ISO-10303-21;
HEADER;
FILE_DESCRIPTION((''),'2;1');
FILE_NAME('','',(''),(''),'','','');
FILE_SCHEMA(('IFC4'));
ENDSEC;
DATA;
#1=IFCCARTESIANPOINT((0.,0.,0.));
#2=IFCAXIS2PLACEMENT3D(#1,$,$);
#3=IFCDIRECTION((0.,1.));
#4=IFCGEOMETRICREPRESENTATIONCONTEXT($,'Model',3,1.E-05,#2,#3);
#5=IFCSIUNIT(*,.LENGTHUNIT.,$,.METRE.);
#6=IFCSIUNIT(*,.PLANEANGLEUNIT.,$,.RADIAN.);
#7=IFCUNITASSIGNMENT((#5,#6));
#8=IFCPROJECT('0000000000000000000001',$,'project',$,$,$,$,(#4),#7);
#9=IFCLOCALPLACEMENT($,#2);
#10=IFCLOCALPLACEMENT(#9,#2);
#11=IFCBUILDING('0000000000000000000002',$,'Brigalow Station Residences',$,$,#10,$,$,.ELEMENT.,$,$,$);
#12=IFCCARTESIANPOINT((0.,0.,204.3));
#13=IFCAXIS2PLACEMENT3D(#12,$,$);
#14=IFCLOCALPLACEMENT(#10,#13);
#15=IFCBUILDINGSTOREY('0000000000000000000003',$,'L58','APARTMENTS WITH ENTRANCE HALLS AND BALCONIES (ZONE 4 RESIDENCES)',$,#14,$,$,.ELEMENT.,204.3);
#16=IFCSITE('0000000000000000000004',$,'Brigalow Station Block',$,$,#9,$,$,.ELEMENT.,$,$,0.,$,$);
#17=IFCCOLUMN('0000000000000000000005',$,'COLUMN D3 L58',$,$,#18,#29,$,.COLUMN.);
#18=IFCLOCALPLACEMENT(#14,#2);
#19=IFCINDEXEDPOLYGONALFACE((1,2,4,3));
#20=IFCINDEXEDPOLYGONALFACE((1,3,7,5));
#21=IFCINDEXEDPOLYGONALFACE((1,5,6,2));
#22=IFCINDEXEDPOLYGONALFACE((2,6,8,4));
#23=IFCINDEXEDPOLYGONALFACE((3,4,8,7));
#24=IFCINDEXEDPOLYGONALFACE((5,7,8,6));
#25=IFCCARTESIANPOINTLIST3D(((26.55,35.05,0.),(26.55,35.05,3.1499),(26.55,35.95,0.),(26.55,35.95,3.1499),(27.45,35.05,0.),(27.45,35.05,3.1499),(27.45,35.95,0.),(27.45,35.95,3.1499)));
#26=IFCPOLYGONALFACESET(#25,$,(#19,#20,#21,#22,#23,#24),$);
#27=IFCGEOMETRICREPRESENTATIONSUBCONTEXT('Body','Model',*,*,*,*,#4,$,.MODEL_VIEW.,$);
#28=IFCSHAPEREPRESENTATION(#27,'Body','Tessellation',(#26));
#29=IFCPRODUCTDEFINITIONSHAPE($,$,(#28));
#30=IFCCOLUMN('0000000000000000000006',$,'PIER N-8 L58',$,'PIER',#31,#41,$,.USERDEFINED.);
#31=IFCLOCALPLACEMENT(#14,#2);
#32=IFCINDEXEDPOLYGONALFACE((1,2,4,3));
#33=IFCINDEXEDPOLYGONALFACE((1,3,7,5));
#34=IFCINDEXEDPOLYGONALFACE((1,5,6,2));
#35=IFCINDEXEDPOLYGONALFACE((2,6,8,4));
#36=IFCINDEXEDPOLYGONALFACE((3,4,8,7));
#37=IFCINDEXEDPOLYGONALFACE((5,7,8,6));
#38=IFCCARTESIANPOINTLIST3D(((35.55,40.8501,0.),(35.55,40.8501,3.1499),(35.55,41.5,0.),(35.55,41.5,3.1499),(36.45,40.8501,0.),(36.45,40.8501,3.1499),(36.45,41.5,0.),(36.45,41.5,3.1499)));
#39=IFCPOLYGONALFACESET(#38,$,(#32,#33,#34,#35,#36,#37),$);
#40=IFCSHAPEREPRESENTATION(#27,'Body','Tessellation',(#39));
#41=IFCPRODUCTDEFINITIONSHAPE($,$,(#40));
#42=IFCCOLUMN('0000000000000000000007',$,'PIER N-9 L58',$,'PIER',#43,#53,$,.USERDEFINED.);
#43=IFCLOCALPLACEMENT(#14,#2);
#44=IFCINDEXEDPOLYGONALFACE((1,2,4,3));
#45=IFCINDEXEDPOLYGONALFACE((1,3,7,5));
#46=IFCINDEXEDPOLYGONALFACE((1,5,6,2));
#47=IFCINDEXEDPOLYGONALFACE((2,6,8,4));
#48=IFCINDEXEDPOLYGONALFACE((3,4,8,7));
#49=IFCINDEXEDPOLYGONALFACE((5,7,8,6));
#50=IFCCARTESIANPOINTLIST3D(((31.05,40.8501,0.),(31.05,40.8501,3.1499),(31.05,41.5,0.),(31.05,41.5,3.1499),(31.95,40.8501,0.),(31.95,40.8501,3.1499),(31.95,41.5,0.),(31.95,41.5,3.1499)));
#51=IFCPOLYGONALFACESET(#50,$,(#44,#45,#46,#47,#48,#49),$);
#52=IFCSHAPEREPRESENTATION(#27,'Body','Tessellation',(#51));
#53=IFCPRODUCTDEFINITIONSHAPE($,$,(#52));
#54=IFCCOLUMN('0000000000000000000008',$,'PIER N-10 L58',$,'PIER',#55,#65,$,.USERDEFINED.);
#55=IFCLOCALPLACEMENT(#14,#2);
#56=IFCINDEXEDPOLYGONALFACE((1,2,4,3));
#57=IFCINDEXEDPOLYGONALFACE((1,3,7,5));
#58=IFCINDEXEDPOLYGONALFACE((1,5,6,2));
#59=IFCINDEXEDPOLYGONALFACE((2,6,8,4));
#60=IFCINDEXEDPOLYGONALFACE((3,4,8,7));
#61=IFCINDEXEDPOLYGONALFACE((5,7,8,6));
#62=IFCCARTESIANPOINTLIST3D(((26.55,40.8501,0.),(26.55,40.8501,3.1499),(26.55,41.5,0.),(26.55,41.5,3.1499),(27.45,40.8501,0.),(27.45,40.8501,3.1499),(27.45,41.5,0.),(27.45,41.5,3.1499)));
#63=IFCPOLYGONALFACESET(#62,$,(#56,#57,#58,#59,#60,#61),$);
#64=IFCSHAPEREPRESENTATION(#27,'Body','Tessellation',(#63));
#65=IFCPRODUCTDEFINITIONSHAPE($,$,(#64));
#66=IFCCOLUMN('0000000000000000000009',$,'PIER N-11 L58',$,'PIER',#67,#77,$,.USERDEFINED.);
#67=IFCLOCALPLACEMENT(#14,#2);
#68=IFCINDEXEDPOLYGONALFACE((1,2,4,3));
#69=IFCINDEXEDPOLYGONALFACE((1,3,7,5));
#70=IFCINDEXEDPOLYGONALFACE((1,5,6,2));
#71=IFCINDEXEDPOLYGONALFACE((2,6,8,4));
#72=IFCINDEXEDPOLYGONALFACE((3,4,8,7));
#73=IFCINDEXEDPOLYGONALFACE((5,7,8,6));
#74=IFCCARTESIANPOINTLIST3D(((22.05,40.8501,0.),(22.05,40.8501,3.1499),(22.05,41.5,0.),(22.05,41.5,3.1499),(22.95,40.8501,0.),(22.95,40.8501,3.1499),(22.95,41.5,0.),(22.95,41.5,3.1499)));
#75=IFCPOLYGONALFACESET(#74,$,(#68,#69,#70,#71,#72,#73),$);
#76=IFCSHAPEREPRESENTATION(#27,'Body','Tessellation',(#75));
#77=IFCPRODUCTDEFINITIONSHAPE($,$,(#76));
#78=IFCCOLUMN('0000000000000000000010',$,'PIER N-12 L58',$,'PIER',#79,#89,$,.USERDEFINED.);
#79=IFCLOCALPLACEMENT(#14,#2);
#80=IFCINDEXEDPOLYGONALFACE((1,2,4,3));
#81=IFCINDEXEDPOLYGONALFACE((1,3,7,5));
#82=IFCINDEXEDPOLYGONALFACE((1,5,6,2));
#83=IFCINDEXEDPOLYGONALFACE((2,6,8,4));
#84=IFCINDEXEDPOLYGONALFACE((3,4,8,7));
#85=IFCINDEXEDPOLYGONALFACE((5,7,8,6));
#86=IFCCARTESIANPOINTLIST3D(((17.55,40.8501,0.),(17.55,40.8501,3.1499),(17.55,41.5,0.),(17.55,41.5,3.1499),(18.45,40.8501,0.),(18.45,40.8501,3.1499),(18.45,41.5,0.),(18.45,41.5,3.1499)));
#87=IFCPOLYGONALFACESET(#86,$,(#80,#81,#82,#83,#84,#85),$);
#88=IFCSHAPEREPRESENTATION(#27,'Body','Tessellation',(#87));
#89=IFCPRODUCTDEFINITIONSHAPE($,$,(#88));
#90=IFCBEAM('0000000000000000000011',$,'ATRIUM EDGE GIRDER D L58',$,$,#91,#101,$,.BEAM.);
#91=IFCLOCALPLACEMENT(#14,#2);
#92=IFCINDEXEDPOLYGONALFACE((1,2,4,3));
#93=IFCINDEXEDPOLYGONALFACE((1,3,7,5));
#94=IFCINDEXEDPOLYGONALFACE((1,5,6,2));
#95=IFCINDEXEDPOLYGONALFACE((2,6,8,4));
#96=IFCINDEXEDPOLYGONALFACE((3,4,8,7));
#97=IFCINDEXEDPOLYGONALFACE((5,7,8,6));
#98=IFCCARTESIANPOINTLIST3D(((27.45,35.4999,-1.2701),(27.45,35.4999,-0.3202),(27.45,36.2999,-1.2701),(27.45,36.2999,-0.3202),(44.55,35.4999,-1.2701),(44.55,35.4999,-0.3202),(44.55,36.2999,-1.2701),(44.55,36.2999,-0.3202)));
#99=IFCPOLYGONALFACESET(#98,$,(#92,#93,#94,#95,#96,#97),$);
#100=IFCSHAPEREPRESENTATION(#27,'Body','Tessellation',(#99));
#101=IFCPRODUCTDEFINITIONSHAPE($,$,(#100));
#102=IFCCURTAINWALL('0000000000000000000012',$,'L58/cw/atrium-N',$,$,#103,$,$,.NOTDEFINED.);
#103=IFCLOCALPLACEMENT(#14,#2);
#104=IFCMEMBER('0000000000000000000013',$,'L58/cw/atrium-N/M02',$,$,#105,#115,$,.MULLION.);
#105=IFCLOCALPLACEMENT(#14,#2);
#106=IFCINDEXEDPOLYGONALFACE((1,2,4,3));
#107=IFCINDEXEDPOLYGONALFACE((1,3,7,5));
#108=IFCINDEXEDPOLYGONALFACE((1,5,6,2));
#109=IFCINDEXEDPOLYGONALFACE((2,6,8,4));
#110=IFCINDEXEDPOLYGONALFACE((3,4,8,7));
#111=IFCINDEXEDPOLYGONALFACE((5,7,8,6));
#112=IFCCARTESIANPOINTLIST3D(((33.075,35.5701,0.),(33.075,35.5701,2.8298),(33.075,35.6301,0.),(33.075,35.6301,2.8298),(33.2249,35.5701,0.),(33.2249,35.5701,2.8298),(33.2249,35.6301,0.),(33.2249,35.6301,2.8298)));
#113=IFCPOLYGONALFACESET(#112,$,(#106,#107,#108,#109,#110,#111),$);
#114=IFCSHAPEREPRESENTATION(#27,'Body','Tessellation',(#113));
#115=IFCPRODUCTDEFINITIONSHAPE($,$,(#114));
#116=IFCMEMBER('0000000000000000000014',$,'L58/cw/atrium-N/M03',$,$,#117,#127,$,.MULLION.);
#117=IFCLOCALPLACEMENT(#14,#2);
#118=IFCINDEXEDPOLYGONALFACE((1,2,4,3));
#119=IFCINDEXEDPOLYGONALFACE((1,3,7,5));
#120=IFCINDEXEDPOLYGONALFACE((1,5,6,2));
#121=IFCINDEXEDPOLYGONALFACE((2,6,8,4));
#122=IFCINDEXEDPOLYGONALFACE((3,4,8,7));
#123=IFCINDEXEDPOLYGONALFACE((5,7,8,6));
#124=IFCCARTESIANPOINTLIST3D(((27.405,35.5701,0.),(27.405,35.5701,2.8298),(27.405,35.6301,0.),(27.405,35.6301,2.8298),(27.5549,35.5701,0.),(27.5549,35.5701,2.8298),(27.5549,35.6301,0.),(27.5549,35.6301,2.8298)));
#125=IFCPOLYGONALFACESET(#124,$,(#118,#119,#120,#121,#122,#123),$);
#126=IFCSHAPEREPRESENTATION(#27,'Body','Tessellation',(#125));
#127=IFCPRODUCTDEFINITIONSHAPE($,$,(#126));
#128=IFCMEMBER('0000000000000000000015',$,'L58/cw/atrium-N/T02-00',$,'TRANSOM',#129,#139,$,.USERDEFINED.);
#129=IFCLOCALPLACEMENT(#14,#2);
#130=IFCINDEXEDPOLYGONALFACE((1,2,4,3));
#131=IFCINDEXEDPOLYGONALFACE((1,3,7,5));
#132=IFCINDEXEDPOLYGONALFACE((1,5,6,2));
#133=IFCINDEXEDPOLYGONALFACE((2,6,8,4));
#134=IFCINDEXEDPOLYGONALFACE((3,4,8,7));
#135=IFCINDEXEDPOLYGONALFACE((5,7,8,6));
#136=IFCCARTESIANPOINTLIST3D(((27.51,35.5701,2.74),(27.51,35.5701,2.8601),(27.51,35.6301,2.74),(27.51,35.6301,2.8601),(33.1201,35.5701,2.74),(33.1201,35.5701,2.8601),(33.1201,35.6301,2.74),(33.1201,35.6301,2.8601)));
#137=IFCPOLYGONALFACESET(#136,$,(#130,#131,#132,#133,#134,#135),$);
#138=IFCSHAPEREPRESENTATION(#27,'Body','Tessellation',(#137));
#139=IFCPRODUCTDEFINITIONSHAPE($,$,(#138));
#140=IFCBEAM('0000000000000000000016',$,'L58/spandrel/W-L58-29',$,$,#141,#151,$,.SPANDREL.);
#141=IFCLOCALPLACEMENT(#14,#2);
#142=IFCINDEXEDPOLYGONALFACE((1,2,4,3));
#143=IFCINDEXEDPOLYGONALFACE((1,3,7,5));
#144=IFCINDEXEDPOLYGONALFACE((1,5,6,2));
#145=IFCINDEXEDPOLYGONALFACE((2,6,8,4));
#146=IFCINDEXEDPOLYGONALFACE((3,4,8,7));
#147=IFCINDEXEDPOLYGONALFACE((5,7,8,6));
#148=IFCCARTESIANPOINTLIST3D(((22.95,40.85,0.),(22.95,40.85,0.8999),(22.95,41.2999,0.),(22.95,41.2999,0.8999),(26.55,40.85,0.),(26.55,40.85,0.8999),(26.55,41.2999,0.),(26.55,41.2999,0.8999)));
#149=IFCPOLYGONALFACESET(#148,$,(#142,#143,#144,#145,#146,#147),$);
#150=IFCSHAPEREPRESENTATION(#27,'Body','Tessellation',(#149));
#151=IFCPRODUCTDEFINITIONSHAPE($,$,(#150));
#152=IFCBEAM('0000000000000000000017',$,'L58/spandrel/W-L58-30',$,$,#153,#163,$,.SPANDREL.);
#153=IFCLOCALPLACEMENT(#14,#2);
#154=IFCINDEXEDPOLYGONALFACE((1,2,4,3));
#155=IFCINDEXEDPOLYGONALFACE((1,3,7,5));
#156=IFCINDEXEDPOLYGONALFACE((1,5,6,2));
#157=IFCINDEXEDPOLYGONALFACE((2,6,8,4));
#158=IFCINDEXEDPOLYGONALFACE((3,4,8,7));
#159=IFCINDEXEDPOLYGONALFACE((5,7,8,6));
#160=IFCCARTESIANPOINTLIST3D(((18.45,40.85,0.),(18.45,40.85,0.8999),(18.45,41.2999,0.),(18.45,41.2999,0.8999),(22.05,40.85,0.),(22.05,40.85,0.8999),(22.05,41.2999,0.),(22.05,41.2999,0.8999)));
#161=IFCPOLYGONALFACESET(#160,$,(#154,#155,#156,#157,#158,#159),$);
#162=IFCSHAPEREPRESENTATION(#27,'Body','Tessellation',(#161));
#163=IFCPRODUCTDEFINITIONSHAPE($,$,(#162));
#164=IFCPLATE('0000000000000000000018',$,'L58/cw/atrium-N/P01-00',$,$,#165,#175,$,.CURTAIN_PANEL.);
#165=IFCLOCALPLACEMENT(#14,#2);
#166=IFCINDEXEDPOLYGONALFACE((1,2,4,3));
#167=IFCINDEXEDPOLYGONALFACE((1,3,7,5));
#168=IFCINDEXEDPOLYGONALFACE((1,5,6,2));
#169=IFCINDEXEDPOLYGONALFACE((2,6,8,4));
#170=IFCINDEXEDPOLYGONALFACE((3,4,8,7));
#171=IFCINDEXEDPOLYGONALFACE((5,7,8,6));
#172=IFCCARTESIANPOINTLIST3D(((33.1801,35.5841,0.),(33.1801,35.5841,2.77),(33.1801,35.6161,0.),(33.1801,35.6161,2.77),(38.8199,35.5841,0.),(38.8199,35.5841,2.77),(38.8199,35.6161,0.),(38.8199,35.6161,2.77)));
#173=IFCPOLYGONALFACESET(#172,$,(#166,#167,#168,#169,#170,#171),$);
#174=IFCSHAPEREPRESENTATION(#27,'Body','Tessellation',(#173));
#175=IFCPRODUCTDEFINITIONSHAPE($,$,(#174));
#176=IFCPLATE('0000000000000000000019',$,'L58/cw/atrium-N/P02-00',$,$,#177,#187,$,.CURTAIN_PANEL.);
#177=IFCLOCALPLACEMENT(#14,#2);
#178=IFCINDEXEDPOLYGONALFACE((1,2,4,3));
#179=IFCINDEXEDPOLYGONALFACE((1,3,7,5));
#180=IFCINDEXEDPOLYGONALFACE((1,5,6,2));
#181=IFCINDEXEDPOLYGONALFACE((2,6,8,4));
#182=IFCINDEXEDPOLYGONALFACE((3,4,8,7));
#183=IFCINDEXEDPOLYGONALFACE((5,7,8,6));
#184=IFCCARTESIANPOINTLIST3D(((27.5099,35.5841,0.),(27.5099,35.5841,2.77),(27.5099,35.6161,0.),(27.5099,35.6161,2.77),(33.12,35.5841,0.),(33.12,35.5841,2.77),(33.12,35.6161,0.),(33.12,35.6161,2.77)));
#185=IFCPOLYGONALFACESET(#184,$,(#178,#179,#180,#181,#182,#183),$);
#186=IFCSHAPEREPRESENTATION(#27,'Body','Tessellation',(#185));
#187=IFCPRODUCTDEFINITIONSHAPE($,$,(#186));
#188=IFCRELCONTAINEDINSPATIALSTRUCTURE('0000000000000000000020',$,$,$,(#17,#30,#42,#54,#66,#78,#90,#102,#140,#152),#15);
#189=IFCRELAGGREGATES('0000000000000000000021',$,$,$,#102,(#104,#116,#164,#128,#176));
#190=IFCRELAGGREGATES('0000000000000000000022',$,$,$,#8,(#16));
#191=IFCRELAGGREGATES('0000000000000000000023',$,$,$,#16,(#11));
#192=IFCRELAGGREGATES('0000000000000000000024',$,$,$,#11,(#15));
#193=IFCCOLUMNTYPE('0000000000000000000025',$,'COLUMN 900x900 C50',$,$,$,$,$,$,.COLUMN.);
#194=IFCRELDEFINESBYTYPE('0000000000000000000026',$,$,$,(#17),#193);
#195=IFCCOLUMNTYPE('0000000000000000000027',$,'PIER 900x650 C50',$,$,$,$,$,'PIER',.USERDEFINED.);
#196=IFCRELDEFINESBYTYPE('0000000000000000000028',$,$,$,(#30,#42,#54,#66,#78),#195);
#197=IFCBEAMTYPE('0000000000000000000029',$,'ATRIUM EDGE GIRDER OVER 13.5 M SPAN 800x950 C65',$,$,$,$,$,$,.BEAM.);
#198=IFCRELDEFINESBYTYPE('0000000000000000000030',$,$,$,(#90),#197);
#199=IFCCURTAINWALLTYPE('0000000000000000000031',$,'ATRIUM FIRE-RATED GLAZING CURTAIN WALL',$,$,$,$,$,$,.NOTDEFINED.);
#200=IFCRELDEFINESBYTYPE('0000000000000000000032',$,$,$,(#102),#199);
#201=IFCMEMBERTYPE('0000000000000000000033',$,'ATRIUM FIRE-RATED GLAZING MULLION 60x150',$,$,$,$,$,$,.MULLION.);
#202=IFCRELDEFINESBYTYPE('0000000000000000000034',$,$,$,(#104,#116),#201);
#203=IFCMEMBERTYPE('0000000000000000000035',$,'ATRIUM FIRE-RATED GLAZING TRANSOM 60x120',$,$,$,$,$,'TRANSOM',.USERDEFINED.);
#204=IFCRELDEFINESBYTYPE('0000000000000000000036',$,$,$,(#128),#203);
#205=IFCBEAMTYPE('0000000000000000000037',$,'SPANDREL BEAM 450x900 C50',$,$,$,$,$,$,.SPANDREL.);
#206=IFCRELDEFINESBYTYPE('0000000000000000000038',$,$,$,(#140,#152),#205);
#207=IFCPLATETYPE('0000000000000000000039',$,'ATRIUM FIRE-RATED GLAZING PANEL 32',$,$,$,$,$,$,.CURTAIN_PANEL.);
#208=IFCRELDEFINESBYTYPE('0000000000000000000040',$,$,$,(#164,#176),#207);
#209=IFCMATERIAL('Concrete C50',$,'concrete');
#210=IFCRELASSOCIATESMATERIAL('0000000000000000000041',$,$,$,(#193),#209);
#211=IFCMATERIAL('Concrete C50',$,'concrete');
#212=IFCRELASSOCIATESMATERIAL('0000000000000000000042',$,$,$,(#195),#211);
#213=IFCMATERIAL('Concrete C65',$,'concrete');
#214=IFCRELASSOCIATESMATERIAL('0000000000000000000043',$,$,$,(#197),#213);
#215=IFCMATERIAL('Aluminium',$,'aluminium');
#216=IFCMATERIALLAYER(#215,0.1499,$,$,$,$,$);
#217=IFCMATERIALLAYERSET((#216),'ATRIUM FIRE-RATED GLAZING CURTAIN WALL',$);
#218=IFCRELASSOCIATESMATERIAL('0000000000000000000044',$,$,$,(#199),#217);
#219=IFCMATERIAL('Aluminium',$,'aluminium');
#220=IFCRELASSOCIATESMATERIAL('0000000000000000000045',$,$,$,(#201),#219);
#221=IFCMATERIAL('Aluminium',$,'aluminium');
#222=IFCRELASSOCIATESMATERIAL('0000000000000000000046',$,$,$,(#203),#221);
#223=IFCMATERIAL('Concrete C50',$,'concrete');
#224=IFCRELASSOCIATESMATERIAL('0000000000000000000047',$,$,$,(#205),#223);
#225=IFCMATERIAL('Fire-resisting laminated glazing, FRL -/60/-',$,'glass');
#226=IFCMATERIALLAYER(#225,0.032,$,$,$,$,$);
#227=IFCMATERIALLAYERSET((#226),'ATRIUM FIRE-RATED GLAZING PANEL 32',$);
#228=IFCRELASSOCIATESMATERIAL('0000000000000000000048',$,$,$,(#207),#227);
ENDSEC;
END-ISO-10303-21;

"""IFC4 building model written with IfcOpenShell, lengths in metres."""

from ifc_helpers import new_model, si_unit, direction, frame, origin, origin_2d, place, context, subcontext, project, spatial, rectangle, extrude, material, layer, layer_set, material_profile, profile_set, type_object, element, aggregate, save


model = new_model("IFC4")

# Units and contexts
model_context = context("Model", 3, precision=1e-05, world=origin(), true_north=direction((0.0, 1.0)))
body_context = subcontext(model_context, "Body", "Model", "MODEL_VIEW")
ifc_project = project(units=[si_unit("LENGTHUNIT", "METRE"), si_unit("PLANEANGLEUNIT", "RADIAN")], contexts=[model_context])

# Site, building, storey
site_placement = place(None, origin())
site = spatial("IfcSite", under=ifc_project, at=site_placement, Name="Brigalow Station Block", CompositionType="ELEMENT", RefElevation=0.0)
building_placement = place(site_placement, origin())
building = spatial("IfcBuilding", under=site, at=building_placement, Name="Brigalow Station Residences", CompositionType="ELEMENT")
storey_placement = place(building_placement, frame((0.0, 0.0, 204.3)))
storey = spatial("IfcBuildingStorey", under=building, at=storey_placement, Name="L58", Description="APARTMENTS WITH ENTRANCE HALLS AND BALCONIES (ZONE 4 RESIDENCES)", CompositionType="ELEMENT", Elevation=204.3)

# Columns
ifc_material_1 = material(Name="Concrete C50", Category="concrete")
ifc_material_profile_1 = material_profile(ifc_material_1, rectangle(XDim=0.8999, YDim=0.8999, at=origin_2d()), Name="RC900x900")
ifc_profile_set_1 = profile_set([ifc_material_profile_1], Name="Concrete C50")
column_type_1 = type_object("IfcColumnType", Name="COLUMN 900x900 C50", PredefinedType="COLUMN", material=ifc_profile_set_1)
column_placement = place(storey_placement, frame((27.0, 35.5, 0.0), z_axis=(0.0, 0.0, 1.0), x_axis=(1.0, 0.0, 0.0)))
element("IfcColumn", 1, at=column_placement, inside=storey, type_object=column_type_1, Name="COLUMN D3 L58", PredefinedType="COLUMN", context=body_context, shape_type="SweptSolid", body=[
    extrude(rectangle(XDim=0.8999, YDim=0.8999, at=origin_2d()), origin(), (0.0, 0.0, 1.0), 3.1499),
])
ifc_material_2 = material(Name="Concrete C50", Category="concrete")
ifc_material_profile_2 = material_profile(ifc_material_2, rectangle(XDim=0.8999, YDim=0.6499, at=origin_2d()), Name="RC900x650")
ifc_profile_set_2 = profile_set([ifc_material_profile_2], Name="Concrete C50")
column_type_2 = type_object("IfcColumnType", Name="PIER 900x650 C50", ElementType="PIER", PredefinedType="USERDEFINED", material=ifc_profile_set_2)
for number, where, z_axis, x_axis, name in (
    (2, (36.0, 41.175, 0.0), (0.0, 0.0, 1.0), (-1.0, 0.0, 0.0), "PIER N-8 L58"),
    (3, (31.5, 41.175, 0.0), (0.0, 0.0, 1.0), (-1.0, 0.0, 0.0), "PIER N-9 L58"),
    (4, (27.0, 41.175, 0.0), (0.0, 0.0, 1.0), (-1.0, 0.0, 0.0), "PIER N-10 L58"),
    (5, (22.5, 41.175, 0.0), (0.0, 0.0, 1.0), (-1.0, 0.0, 0.0), "PIER N-11 L58"),
    (6, (18.0, 41.175, 0.0), (0.0, 0.0, 1.0), (-1.0, 0.0, 0.0), "PIER N-12 L58"),
):
    element("IfcColumn", number, at=place(storey_placement, frame(where, z_axis=z_axis, x_axis=x_axis)), inside=storey, type_object=column_type_2, Name=name, ObjectType="PIER", PredefinedType="USERDEFINED", context=body_context, shape_type="SweptSolid", body=[
        extrude(rectangle(XDim=0.8999, YDim=0.6499, at=origin_2d()), origin(), (0.0, 0.0, 1.0), 3.1499),
    ])

# Beam
ifc_material_3 = material(Name="Concrete C65", Category="concrete")
ifc_material_profile_3 = material_profile(ifc_material_3, rectangle(XDim=0.8, YDim=0.95, at=origin_2d()), Name="RC800x950")
ifc_profile_set_3 = profile_set([ifc_material_profile_3], Name="Concrete C65")
beam_type_1 = type_object("IfcBeamType", Name="ATRIUM EDGE GIRDER OVER 13.5 M SPAN 800x950 C65", PredefinedType="BEAM", material=ifc_profile_set_3)
beam_placement = place(storey_placement, frame((27.45, 35.8999, -0.7952), z_axis=(1.0, 0.0, 0.0), x_axis=(0.0, 1.0, 0.0)))
element("IfcBeam", 7, at=beam_placement, inside=storey, type_object=beam_type_1, Name="ATRIUM EDGE GIRDER D L58", PredefinedType="BEAM", context=body_context, shape_type="SweptSolid", body=[
    extrude(rectangle(XDim=0.8, YDim=0.95, at=origin_2d()), origin(), (0.0, 0.0, 1.0), 17.1001),
])

# Curtain wall, members
ifc_material_4 = material(Name="Aluminium", Category="aluminium")
ifc_layer_1 = layer(ifc_material_4, 0.1499)
ifc_layer_set_1 = layer_set([ifc_layer_1], Name="ATRIUM FIRE-RATED GLAZING CURTAIN WALL")
curtain_wall_type = type_object("IfcCurtainWallType", Name="ATRIUM FIRE-RATED GLAZING CURTAIN WALL", PredefinedType="NOTDEFINED", material=ifc_layer_set_1)
curtain_wall_placement = place(storey_placement, origin())
curtain_wall = element("IfcCurtainWall", 8, at=curtain_wall_placement, inside=storey, type_object=curtain_wall_type, Name="L58/cw/atrium-N", PredefinedType="NOTDEFINED")
ifc_material_5 = material(Name="Aluminium", Category="aluminium")
ifc_material_profile_4 = material_profile(ifc_material_5, rectangle(XDim=0.0601, YDim=0.1499, at=origin_2d()), Name="ATRIUM FIRE-RATED GLAZING MULLION 60x150")
ifc_profile_set_4 = profile_set([ifc_material_profile_4], Name="Aluminium")
member_type_1 = type_object("IfcMemberType", Name="ATRIUM FIRE-RATED GLAZING MULLION 60x150", PredefinedType="MULLION", material=ifc_profile_set_4)
member_1_placement = place(storey_placement, frame((33.1499, 35.6001, 0.0), z_axis=(0.0, 0.0, 1.0), x_axis=(0.0, -1.0, 0.0)))
member_1 = element("IfcMember", 9, at=member_1_placement, type_object=member_type_1, Name="L58/cw/atrium-N/M02", PredefinedType="MULLION", context=body_context, shape_type="SweptSolid", body=[
    extrude(rectangle(XDim=0.0601, YDim=0.1499, at=origin_2d()), origin(), (0.0, 0.0, 1.0), 2.8298),
])
member_2_placement = place(storey_placement, frame((27.48, 35.6001, 0.0), z_axis=(0.0, 0.0, 1.0), x_axis=(0.0, -1.0, 0.0)))
member_2 = element("IfcMember", 10, at=member_2_placement, type_object=member_type_1, Name="L58/cw/atrium-N/M03", PredefinedType="MULLION", context=body_context, shape_type="SweptSolid", body=[
    extrude(rectangle(XDim=0.0601, YDim=0.1499, at=origin_2d()), origin(), (0.0, 0.0, 1.0), 2.8298),
])
ifc_material_6 = material(Name="Aluminium", Category="aluminium")
ifc_material_profile_5 = material_profile(ifc_material_6, rectangle(XDim=0.0601, YDim=0.1201, at=origin_2d()), Name="ATRIUM FIRE-RATED GLAZING TRANSOM 60x120")
ifc_profile_set_5 = profile_set([ifc_material_profile_5], Name="Aluminium")
member_type_2 = type_object("IfcMemberType", Name="ATRIUM FIRE-RATED GLAZING TRANSOM 60x120", ElementType="TRANSOM", PredefinedType="USERDEFINED", material=ifc_profile_set_5)
member_3_placement = place(storey_placement, frame((33.1201, 35.6001, 2.8), z_axis=(-1.0, 0.0, 0.0), x_axis=(0.0, -1.0, 0.0)))
member_3 = element("IfcMember", 11, at=member_3_placement, type_object=member_type_2, Name="L58/cw/atrium-N/T02-00", ObjectType="TRANSOM", PredefinedType="USERDEFINED", context=body_context, shape_type="SweptSolid", body=[
    extrude(rectangle(XDim=0.0601, YDim=0.1201, at=origin_2d()), origin(), (0.0, 0.0, 1.0), 5.6101),
])

# Beams
ifc_material_7 = material(Name="Concrete C50", Category="concrete")
ifc_material_profile_6 = material_profile(ifc_material_7, rectangle(XDim=0.45, YDim=0.8999, at=origin_2d()), Name="RC450x900")
ifc_profile_set_6 = profile_set([ifc_material_profile_6], Name="Concrete C50")
beam_type_2 = type_object("IfcBeamType", Name="SPANDREL BEAM 450x900 C50", PredefinedType="SPANDREL", material=ifc_profile_set_6)
for number, where, z_axis, x_axis, name in (
    (12, (26.55, 41.075, 0.45), (-1.0, 0.0, 0.0), (0.0, -1.0, 0.0), "L58/spandrel/W-L58-29"),
    (13, (22.05, 41.075, 0.45), (-1.0, 0.0, 0.0), (0.0, -1.0, 0.0), "L58/spandrel/W-L58-30"),
):
    element("IfcBeam", number, at=place(storey_placement, frame(where, z_axis=z_axis, x_axis=x_axis)), inside=storey, type_object=beam_type_2, Name=name, PredefinedType="SPANDREL", context=body_context, shape_type="SweptSolid", body=[
        extrude(rectangle(XDim=0.45, YDim=0.8999, at=origin_2d()), origin(), (0.0, 0.0, 1.0), 3.6001),
    ])

# Plates
ifc_material_8 = material(Name="Fire-resisting laminated glazing, FRL -/60/-", Category="glass")
ifc_layer_2 = layer(ifc_material_8, 0.032)
ifc_layer_set_2 = layer_set([ifc_layer_2], Name="ATRIUM FIRE-RATED GLAZING PANEL 32")
plate_type = type_object("IfcPlateType", Name="ATRIUM FIRE-RATED GLAZING PANEL 32", PredefinedType="CURTAIN_PANEL", material=ifc_layer_set_2)
plate_1_placement = place(storey_placement, frame((36.0, 35.6001, 0.0), z_axis=(0.0, 0.0, 1.0), x_axis=(-1.0, 0.0, 0.0)))
plate_1 = element("IfcPlate", 14, at=plate_1_placement, type_object=plate_type, Name="L58/cw/atrium-N/P01-00", PredefinedType="CURTAIN_PANEL", context=body_context, shape_type="SweptSolid", body=[
    extrude(rectangle(XDim=5.6399, YDim=0.032, at=origin_2d()), origin(), (0.0, 0.0, 1.0), 2.77),
])
plate_2_placement = place(storey_placement, frame((30.3149, 35.6001, 0.0), z_axis=(0.0, 0.0, 1.0), x_axis=(-1.0, 0.0, 0.0)))
plate_2 = element("IfcPlate", 15, at=plate_2_placement, type_object=plate_type, Name="L58/cw/atrium-N/P02-00", PredefinedType="CURTAIN_PANEL", context=body_context, shape_type="SweptSolid", body=[
    extrude(rectangle(XDim=5.6101, YDim=0.032, at=origin_2d()), origin(), (0.0, 0.0, 1.0), 2.77),
])
aggregate(curtain_wall, [member_1, member_2, plate_1, member_3, plate_2])

save(model, "model.ifc")
